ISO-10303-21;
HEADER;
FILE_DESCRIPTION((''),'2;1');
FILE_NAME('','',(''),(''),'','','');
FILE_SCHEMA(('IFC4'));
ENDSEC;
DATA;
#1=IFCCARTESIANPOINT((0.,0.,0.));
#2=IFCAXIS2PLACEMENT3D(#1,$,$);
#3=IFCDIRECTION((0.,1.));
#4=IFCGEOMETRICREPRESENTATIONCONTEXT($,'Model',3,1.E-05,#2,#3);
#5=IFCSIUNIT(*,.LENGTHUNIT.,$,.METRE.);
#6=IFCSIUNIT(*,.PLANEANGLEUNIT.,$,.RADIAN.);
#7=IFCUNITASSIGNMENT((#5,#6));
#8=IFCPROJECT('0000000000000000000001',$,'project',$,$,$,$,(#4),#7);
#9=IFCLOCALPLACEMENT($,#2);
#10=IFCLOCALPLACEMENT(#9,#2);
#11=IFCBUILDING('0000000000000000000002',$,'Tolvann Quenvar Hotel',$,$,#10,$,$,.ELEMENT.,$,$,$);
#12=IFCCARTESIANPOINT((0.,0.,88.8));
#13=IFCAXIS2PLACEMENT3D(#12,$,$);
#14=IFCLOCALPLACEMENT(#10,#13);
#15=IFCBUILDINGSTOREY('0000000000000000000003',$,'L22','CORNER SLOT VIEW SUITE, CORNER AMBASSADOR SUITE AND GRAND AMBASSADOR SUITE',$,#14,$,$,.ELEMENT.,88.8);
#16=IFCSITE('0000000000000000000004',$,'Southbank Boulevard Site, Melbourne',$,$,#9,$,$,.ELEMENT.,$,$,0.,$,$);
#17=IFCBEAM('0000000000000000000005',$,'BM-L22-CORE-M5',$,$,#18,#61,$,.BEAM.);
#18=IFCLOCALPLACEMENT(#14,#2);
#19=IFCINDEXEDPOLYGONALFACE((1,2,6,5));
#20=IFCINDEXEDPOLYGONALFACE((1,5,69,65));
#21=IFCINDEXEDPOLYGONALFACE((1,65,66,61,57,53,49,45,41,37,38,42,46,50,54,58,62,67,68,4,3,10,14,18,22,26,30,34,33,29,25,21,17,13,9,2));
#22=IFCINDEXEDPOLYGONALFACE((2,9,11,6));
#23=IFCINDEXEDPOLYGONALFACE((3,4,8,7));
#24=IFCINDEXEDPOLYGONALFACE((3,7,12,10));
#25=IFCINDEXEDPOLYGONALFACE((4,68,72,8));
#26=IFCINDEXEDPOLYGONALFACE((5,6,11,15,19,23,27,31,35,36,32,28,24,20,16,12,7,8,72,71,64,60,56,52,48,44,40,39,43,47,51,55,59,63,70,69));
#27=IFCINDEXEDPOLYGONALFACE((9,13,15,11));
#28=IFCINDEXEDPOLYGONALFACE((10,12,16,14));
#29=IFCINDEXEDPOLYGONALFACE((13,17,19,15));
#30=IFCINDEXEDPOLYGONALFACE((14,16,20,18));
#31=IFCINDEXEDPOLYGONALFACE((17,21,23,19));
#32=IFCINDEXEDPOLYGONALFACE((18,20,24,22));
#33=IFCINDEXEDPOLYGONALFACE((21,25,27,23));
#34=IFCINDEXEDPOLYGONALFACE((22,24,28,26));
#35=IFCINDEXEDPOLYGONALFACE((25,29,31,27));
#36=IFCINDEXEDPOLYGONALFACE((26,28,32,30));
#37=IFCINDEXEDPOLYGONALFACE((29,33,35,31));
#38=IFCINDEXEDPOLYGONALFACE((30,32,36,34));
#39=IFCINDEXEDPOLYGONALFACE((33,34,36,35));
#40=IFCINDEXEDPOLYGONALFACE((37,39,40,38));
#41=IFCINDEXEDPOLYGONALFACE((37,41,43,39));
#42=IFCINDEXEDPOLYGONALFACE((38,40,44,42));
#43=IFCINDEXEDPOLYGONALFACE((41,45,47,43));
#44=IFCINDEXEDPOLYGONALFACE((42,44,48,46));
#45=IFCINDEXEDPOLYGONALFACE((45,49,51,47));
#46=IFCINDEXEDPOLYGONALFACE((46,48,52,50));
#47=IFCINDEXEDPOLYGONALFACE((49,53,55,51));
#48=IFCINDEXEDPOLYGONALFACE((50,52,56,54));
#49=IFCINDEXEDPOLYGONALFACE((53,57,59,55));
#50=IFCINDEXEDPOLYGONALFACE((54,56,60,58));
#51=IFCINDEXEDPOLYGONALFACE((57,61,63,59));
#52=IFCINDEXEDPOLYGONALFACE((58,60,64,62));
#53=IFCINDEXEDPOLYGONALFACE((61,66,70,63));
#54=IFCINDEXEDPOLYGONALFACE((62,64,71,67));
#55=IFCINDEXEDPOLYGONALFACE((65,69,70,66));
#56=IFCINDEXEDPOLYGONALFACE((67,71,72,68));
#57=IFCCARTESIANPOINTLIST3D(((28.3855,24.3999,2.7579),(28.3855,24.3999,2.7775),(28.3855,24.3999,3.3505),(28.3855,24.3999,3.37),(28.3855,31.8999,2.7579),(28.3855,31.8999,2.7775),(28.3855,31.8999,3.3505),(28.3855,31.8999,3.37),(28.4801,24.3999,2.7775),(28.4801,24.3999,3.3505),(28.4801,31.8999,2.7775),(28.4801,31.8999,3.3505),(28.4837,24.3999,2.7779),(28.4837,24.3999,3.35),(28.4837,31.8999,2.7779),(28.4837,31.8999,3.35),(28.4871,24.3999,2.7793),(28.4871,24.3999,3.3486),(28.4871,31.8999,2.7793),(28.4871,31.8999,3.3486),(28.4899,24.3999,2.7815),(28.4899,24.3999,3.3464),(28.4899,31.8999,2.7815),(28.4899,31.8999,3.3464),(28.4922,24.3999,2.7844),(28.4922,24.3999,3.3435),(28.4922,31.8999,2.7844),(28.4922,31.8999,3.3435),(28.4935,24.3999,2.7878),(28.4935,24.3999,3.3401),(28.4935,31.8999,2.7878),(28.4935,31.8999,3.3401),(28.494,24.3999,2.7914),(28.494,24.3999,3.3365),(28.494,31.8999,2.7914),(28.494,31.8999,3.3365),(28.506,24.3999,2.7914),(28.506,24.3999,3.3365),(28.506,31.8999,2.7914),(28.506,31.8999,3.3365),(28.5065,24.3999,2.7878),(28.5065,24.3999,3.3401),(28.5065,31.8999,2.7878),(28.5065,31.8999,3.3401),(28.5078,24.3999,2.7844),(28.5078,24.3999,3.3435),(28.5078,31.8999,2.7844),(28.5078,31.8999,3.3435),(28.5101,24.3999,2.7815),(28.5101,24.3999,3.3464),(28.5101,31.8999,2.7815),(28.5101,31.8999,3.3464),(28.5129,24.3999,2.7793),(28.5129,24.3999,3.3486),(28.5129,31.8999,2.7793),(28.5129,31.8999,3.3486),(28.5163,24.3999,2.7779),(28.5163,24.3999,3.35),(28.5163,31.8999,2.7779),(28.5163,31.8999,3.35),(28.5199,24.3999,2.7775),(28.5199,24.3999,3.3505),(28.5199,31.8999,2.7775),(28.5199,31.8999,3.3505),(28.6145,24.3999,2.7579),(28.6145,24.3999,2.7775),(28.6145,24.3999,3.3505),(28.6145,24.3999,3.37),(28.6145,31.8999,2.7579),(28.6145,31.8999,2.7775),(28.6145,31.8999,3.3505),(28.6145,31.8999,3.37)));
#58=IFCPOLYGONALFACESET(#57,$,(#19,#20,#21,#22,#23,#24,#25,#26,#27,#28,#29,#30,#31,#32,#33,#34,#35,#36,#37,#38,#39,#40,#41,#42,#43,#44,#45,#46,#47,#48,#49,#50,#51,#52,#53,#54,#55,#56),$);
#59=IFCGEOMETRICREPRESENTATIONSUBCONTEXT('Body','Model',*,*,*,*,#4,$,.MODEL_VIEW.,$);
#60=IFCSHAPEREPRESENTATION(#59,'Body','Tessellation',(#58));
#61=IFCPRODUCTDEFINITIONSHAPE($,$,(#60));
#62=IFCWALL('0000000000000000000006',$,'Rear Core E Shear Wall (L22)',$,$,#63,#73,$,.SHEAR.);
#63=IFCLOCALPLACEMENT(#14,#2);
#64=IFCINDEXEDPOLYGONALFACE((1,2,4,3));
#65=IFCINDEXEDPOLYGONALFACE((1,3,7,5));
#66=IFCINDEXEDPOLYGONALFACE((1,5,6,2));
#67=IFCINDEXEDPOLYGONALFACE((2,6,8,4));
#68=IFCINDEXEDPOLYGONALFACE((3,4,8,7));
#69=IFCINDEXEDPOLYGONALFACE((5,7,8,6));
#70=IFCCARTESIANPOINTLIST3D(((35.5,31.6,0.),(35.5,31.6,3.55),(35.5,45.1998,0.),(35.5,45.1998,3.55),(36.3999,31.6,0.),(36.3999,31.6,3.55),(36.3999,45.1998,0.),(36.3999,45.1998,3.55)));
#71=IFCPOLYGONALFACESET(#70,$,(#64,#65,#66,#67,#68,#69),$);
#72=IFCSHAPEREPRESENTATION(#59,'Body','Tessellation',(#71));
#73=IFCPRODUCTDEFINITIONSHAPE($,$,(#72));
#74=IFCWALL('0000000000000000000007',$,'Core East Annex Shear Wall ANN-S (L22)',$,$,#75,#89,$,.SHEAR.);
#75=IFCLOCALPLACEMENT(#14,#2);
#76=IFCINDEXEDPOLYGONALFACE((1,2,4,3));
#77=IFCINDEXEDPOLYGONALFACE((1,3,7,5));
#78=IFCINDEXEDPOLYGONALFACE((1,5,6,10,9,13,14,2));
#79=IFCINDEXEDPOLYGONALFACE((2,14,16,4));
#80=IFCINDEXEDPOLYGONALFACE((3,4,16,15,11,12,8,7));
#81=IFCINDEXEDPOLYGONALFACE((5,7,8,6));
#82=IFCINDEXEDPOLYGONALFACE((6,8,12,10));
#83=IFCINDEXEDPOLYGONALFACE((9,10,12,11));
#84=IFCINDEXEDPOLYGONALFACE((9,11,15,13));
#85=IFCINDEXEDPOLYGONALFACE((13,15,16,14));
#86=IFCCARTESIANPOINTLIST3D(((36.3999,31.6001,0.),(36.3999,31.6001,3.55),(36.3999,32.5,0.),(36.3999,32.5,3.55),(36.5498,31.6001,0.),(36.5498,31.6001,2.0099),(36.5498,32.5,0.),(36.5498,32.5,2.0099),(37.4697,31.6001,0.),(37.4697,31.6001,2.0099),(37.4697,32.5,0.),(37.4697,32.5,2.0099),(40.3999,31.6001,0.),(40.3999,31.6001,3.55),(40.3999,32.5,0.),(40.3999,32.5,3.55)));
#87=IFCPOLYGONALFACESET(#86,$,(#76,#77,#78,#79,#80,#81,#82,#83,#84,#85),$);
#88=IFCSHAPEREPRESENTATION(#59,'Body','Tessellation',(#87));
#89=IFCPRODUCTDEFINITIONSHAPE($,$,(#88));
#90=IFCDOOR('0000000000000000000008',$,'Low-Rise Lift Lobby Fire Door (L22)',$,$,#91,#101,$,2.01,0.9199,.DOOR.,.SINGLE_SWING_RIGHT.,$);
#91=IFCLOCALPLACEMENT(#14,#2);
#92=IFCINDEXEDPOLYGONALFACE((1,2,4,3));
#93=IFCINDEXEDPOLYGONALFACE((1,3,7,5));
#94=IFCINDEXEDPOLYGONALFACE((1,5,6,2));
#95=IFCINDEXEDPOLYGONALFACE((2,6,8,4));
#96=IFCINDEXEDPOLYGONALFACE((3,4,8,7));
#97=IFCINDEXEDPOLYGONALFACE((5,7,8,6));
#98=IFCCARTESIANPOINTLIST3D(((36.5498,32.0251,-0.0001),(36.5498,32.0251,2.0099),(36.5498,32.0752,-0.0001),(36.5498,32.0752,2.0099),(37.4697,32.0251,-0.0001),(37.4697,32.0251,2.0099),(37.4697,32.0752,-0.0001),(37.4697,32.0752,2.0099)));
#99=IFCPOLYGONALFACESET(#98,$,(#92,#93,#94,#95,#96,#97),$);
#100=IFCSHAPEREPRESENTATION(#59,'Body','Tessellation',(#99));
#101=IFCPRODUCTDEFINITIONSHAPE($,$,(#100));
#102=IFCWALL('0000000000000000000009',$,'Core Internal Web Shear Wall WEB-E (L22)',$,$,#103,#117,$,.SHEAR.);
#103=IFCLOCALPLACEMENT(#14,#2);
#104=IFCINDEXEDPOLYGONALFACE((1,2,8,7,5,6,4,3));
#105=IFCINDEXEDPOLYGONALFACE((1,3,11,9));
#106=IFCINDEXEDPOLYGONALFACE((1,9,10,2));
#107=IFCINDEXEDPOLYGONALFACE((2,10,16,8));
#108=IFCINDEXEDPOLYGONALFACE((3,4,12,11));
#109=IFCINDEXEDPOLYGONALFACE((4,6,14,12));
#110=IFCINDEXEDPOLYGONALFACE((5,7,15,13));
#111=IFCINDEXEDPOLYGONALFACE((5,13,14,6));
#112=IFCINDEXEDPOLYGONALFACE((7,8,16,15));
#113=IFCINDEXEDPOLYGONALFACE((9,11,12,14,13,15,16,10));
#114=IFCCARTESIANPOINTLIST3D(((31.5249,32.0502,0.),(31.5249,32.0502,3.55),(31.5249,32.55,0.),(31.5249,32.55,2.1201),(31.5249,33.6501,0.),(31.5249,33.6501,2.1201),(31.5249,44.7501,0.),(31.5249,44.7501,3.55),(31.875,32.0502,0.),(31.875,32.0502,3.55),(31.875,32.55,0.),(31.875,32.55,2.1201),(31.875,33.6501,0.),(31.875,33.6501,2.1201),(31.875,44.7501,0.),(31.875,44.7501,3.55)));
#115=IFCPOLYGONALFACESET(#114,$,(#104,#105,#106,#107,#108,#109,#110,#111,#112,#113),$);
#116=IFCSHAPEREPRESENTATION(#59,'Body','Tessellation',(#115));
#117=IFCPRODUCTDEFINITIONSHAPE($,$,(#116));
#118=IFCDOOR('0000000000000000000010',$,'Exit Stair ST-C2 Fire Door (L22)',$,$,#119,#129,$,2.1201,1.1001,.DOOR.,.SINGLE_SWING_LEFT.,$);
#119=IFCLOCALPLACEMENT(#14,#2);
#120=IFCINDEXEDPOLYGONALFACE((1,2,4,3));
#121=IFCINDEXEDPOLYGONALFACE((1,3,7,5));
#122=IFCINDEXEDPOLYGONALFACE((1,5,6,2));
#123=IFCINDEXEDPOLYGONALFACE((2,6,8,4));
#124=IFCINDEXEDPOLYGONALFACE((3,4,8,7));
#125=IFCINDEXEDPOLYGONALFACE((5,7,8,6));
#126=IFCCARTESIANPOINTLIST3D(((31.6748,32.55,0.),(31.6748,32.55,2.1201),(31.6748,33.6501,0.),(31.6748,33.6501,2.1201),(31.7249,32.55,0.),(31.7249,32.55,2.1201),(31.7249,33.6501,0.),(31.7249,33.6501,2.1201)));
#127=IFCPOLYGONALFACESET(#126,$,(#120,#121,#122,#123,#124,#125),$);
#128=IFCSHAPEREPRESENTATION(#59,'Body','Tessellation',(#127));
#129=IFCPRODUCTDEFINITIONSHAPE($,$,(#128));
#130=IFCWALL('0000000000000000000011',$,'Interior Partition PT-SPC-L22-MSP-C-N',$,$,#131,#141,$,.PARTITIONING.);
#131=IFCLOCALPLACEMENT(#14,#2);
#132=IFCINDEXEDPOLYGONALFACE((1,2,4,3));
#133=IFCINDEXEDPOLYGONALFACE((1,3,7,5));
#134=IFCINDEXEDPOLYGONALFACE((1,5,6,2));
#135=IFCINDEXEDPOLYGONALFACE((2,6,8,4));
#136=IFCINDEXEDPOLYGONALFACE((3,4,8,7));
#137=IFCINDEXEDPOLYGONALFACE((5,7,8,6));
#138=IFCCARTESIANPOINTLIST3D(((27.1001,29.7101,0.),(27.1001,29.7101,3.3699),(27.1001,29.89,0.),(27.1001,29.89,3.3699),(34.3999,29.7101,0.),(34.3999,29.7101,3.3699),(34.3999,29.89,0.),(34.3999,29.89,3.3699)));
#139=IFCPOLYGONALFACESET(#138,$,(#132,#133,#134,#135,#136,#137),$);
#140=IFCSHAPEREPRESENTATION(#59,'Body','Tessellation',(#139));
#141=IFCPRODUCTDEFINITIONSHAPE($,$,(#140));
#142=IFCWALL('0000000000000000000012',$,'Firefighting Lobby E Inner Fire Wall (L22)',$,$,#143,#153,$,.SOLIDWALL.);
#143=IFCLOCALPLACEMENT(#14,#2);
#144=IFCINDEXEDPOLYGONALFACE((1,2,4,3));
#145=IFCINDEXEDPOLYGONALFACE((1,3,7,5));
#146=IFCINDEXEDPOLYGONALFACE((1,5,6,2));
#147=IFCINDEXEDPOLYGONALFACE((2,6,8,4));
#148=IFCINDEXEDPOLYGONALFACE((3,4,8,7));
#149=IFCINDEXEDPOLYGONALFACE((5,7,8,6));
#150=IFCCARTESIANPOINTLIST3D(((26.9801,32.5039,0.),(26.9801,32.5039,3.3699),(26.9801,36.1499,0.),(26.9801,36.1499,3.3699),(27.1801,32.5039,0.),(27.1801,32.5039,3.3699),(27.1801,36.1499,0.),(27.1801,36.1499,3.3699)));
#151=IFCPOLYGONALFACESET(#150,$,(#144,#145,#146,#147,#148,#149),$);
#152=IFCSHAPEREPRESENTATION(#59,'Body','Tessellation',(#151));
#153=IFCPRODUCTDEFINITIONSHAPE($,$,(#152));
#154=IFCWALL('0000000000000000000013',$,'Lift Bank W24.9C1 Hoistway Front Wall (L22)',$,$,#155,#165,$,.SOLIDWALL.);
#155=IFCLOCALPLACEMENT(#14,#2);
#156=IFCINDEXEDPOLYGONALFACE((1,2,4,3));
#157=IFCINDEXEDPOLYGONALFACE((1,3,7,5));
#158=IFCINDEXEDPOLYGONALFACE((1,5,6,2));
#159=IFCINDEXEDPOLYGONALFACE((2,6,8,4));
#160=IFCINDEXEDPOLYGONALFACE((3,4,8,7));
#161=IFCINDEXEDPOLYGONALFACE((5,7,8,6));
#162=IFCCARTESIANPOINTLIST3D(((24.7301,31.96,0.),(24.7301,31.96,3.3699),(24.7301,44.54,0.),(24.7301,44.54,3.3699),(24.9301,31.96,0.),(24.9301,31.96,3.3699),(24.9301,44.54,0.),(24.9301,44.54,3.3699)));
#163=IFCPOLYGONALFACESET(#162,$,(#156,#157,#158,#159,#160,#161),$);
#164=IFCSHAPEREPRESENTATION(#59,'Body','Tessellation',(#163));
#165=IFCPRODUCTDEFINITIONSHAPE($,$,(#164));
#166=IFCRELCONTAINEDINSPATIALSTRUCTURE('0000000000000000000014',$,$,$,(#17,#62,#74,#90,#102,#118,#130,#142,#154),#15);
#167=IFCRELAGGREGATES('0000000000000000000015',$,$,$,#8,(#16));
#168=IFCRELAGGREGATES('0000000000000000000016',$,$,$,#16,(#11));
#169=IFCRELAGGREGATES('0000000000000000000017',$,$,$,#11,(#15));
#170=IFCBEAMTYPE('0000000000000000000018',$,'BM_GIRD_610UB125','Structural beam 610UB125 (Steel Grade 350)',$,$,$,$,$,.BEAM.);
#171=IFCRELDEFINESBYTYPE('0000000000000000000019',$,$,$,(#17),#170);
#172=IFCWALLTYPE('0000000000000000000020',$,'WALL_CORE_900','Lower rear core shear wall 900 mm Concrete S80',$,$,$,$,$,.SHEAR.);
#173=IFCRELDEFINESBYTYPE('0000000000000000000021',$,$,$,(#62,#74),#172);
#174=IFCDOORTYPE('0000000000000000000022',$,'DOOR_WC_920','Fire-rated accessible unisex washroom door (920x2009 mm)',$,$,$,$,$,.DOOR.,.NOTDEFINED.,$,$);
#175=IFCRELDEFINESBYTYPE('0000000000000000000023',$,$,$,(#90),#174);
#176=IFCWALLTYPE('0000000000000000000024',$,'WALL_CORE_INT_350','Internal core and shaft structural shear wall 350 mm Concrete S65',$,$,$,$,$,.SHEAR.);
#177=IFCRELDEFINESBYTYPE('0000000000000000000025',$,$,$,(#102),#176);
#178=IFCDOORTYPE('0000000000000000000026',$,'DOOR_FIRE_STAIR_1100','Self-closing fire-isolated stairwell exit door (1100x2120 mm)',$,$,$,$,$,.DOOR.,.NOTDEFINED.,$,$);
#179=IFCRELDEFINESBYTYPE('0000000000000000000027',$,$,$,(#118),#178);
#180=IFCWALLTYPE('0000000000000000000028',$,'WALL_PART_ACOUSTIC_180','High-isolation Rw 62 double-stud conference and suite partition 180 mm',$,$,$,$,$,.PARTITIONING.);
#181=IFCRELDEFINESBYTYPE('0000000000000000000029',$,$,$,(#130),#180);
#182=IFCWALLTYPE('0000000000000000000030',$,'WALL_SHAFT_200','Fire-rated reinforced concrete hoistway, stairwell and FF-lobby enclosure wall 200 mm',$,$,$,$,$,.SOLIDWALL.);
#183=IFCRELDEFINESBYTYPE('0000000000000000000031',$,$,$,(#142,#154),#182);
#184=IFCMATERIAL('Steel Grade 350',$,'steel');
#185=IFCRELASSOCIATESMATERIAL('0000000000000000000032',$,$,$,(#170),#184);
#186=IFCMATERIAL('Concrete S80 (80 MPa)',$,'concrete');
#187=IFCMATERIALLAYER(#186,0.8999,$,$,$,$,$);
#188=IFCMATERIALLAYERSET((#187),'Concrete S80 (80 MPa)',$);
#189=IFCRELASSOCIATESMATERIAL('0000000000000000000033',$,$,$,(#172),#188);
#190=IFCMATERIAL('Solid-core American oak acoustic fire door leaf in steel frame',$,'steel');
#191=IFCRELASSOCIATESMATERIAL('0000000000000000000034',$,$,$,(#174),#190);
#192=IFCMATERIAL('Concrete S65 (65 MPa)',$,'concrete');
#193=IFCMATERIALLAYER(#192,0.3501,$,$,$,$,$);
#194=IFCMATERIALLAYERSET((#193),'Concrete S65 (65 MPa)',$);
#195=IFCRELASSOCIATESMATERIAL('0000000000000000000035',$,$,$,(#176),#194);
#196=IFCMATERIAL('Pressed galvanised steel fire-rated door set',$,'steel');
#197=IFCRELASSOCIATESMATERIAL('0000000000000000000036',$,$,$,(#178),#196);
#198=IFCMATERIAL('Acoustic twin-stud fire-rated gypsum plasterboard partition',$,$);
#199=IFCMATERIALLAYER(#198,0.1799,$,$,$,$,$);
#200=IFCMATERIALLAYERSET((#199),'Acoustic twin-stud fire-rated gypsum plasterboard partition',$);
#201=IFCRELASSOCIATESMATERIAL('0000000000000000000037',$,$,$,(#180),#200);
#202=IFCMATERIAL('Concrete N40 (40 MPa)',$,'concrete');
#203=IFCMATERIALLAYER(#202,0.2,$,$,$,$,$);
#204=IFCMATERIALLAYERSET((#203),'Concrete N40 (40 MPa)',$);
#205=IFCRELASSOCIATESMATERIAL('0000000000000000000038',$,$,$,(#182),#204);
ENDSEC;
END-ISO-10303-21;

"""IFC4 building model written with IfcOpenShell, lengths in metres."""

from ifc_helpers import new_model, si_unit, direction, frame, frame_2d, origin, origin_2d, place, context, subcontext, project, spatial, rectangle, i_section, extrude, source, transform, mapped, material, layer, layer_set, material_profile, profile_set, type_object, type_shapes, element, fill, save


model = new_model("IFC4")

# Units and contexts
model_context = context("Model", 3, precision=1e-05, world=origin(), true_north=direction((0.0, 1.0)))
body_context = subcontext(model_context, "Body", "Model", "MODEL_VIEW")
ifc_project = project(units=[si_unit("LENGTHUNIT", "METRE"), si_unit("PLANEANGLEUNIT", "RADIAN")], contexts=[model_context])

# Site, building, storey
site_placement = place(None, origin())
site = spatial("IfcSite", under=ifc_project, at=site_placement, Name="Southbank Boulevard Site, Melbourne", CompositionType="ELEMENT", RefElevation=0.0)
building_placement = place(site_placement, origin())
building = spatial("IfcBuilding", under=site, at=building_placement, Name="Tolvann Quenvar Hotel", CompositionType="ELEMENT")
storey_placement = place(building_placement, frame((0.0, 0.0, 88.8)))
storey = spatial("IfcBuildingStorey", under=building, at=storey_placement, Name="L22", Description="CORNER SLOT VIEW SUITE, CORNER AMBASSADOR SUITE AND GRAND AMBASSADOR SUITE", CompositionType="ELEMENT", Elevation=88.8)

# Shared definitions
ifc_material_1 = material(Name="Concrete S65 (65 MPa)", Category="concrete")

# Beam
ifc_material_2 = material(Name="Steel Grade 350", Category="steel")
ifc_material_profile_1 = material_profile(ifc_material_2, i_section(OverallWidth=0.229, OverallDepth=0.6121, WebThickness=0.012, FlangeThickness=0.0195, FilletRadius=0.0139, at=origin_2d()), Name="610UB125")
ifc_profile_set_1 = profile_set([ifc_material_profile_1], Name="Steel Grade 350")
beam_type = type_object("IfcBeamType", Name="BM_GIRD_610UB125", Description="Structural beam 610UB125 (Steel Grade 350)", PredefinedType="BEAM", material=ifc_profile_set_1)
shared_shape_1 = source(origin(), body_context, "Body", "SweptSolid", [
    extrude(i_section(OverallWidth=0.229, OverallDepth=0.6121, WebThickness=0.012, FlangeThickness=0.0195, FilletRadius=0.0139, at=origin_2d()), origin(), (0.0, 0.0, 1.0), 7.5),
])
for number, where, z_axis, x_axis, name in (
    (1, (28.5, 24.3999, 3.064), (0.0, 1.0, 0.0), (-1.0, 0.0, 0.0), "BM-L22-CORE-M5"),
):
    element("IfcBeam", number, at=place(storey_placement, frame(where, z_axis=z_axis, x_axis=x_axis)), inside=storey, type_object=beam_type, Name=name, PredefinedType="BEAM", context=body_context, shape_type="MappedRepresentation", body=[
        mapped(shared_shape_1, transform((0.0, 0.0, 0.0), x_axis=(1.0, 0.0, 0.0), y_axis=(0.0, 1.0, 0.0), z_axis=(0.0, 0.0, 1.0), scale=1.0)),
    ])

# Wall
ifc_material_3 = material(Name="Concrete S80 (80 MPa)", Category="concrete")
ifc_layer_1 = layer(ifc_material_3, 0.8999)
ifc_layer_set_1 = layer_set([ifc_layer_1], Name="Concrete S80 (80 MPa)")
wall_type_1 = type_object("IfcWallType", Name="WALL_CORE_900", Description="Lower rear core shear wall 900 mm Concrete S80", PredefinedType="SHEAR", material=ifc_layer_set_1)
wall_1_placement = place(storey_placement, frame((35.95, 31.6001, 0.0), z_axis=(0.0, 0.0, 1.0), x_axis=(0.0, 1.0, 0.0)))
element("IfcWall", 2, at=wall_1_placement, inside=storey, type_object=wall_type_1, Name="Rear Core E Shear Wall (L22)", PredefinedType="SHEAR", context=body_context, shape_type="SweptSolid", body=[
    extrude(rectangle(XDim=13.5999, YDim=0.8999, at=frame_2d((6.7998, 0.0))), origin(), (0.0, 0.0, 1.0), 3.55),
])

# Walls, openings, doors
wall_2_placement = place(storey_placement, frame((36.3999, 32.05, 0.0), z_axis=(0.0, 0.0, 1.0), x_axis=(1.0, 0.0, 0.0)))
wall_2 = element("IfcWall", 3, at=wall_2_placement, inside=storey, type_object=wall_type_1, Name="Core East Annex Shear Wall ANN-S (L22)", PredefinedType="SHEAR", context=body_context, shape_type="SweptSolid", body=[
    extrude(rectangle(XDim=4.0, YDim=0.8999, at=frame_2d((2.0, 0.0))), origin(), (0.0, 0.0, 1.0), 3.55),
])
opening_1_placement = place(wall_2_placement, frame((1.0698, 0.0, 0.0), z_axis=(0.0, 0.0, 1.0), x_axis=(-1.0, 0.0, 0.0)))
opening_1 = element("IfcOpeningElement", 4, at=opening_1_placement, cuts=wall_2, PredefinedType="OPENING", context=body_context, shape_type="SweptSolid", body=[
    extrude(rectangle(XDim=0.9199, YDim=2.01, at=frame_2d((0.46, 1.0049))), frame((0.0, 0.46, 0.0), z_axis=(0.0, -1.0, 0.0), x_axis=(1.0, 0.0, 0.0)), (0.0, 0.0, 1.0), 0.9199),
])
ifc_material_4 = material(Name="Solid-core American oak acoustic fire door leaf in steel frame", Category="steel")
door_type_1 = type_object("IfcDoorType", Name="DOOR_WC_920", Description="Fire-rated accessible unisex washroom door (920x2009 mm)", OperationType="NOTDEFINED", PredefinedType="DOOR", material=ifc_material_4)
shared_shape_2 = source(origin(), body_context, "Body", "SweptSolid", [
    extrude(rectangle(XDim=0.9199, YDim=2.01, at=frame_2d((0.46, 1.0049))), frame((0.0, 0.0249, 0.0), z_axis=(0.0, -1.0, 0.0), x_axis=(1.0, 0.0, 0.0)), (0.0, 0.0, 1.0), 0.05),
])
type_shapes(door_type_1, [shared_shape_2])
door_1_placement = place(opening_1_placement, origin())
door_1 = element("IfcDoor", 5, at=door_1_placement, inside=storey, type_object=door_type_1, Name="Low-Rise Lift Lobby Fire Door (L22)", OperationType="SINGLE_SWING_RIGHT", OverallHeight=2.01, OverallWidth=0.9199, PredefinedType="DOOR", context=body_context, shape_type="MappedRepresentation", body=[
    mapped(shared_shape_2, transform((0.0, 0.0, 0.0), x_axis=(1.0, 0.0, 0.0), y_axis=(0.0, 1.0, 0.0), z_axis=(0.0, 0.0, 1.0), scale=1.0)),
])
fill(opening_1, door_1)
ifc_layer_2 = layer(ifc_material_1, 0.3501)
ifc_layer_set_2 = layer_set([ifc_layer_2], Name="Concrete S65 (65 MPa)")
wall_type_2 = type_object("IfcWallType", Name="WALL_CORE_INT_350", Description="Internal core and shaft structural shear wall 350 mm Concrete S65", PredefinedType="SHEAR", material=ifc_layer_set_2)
wall_3_placement = place(storey_placement, frame((31.7, 32.05, 0.0), z_axis=(0.0, 0.0, 1.0), x_axis=(0.0, 1.0, 0.0)))
wall_3 = element("IfcWall", 6, at=wall_3_placement, inside=storey, type_object=wall_type_2, Name="Core Internal Web Shear Wall WEB-E (L22)", PredefinedType="SHEAR", context=body_context, shape_type="SweptSolid", body=[
    extrude(rectangle(XDim=12.7, YDim=0.3501, at=frame_2d((6.3501, 0.0))), origin(), (0.0, 0.0, 1.0), 3.55),
])
opening_2_placement = place(wall_3_placement, frame((1.6001, 0.0, 0.0), z_axis=(0.0, 0.0, 1.0), x_axis=(-1.0, 0.0, 0.0)))
opening_2 = element("IfcOpeningElement", 7, at=opening_2_placement, cuts=wall_3, PredefinedType="OPENING", context=body_context, shape_type="SweptSolid", body=[
    extrude(rectangle(XDim=1.1001, YDim=2.1201, at=frame_2d((0.55, 1.0601))), frame((0.0, 0.1851, 0.0), z_axis=(0.0, -1.0, 0.0), x_axis=(1.0, 0.0, 0.0)), (0.0, 0.0, 1.0), 0.3701),
])
ifc_material_5 = material(Name="Pressed galvanised steel fire-rated door set", Category="steel")
door_type_2 = type_object("IfcDoorType", Name="DOOR_FIRE_STAIR_1100", Description="Self-closing fire-isolated stairwell exit door (1100x2120 mm)", OperationType="NOTDEFINED", PredefinedType="DOOR", material=ifc_material_5)
shared_shape_3 = source(origin(), body_context, "Body", "SweptSolid", [
    extrude(rectangle(XDim=1.1001, YDim=2.1201, at=frame_2d((0.55, 1.0601))), frame((0.0, 0.0249, 0.0), z_axis=(0.0, -1.0, 0.0), x_axis=(1.0, 0.0, 0.0)), (0.0, 0.0, 1.0), 0.05),
])
type_shapes(door_type_2, [shared_shape_3])
door_2_placement = place(opening_2_placement, origin())
door_2 = element("IfcDoor", 8, at=door_2_placement, inside=storey, type_object=door_type_2, Name="Exit Stair ST-C2 Fire Door (L22)", OperationType="SINGLE_SWING_LEFT", OverallHeight=2.1201, OverallWidth=1.1001, PredefinedType="DOOR", context=body_context, shape_type="MappedRepresentation", body=[
    mapped(shared_shape_3, transform((0.0, 0.0, 0.0), x_axis=(1.0, 0.0, 0.0), y_axis=(0.0, 1.0, 0.0), z_axis=(0.0, 0.0, 1.0), scale=1.0)),
])
fill(opening_2, door_2)

# Walls
ifc_material_6 = material(Name="Acoustic twin-stud fire-rated gypsum plasterboard partition")
ifc_layer_3 = layer(ifc_material_6, 0.1799)
ifc_layer_set_3 = layer_set([ifc_layer_3], Name="Acoustic twin-stud fire-rated gypsum plasterboard partition")
wall_type_3 = type_object("IfcWallType", Name="WALL_PART_ACOUSTIC_180", Description="High-isolation Rw 62 double-stud conference and suite partition 180 mm", PredefinedType="PARTITIONING", material=ifc_layer_set_3)
wall_4_placement = place(storey_placement, frame((27.1001, 29.8, 0.0), z_axis=(0.0, 0.0, 1.0), x_axis=(1.0, 0.0, 0.0)))
element("IfcWall", 9, at=wall_4_placement, inside=storey, type_object=wall_type_3, Name="Interior Partition PT-SPC-L22-MSP-C-N", PredefinedType="PARTITIONING", context=body_context, shape_type="SweptSolid", body=[
    extrude(rectangle(XDim=7.2998, YDim=0.1799, at=frame_2d((3.6499, 0.0))), origin(), (0.0, 0.0, 1.0), 3.3699),
])
ifc_material_7 = material(Name="Concrete N40 (40 MPa)", Category="concrete")
ifc_layer_4 = layer(ifc_material_7, 0.2)
ifc_layer_set_4 = layer_set([ifc_layer_4], Name="Concrete N40 (40 MPa)")
wall_type_4 = type_object("IfcWallType", Name="WALL_SHAFT_200", Description="Fire-rated reinforced concrete hoistway, stairwell and FF-lobby enclosure wall 200 mm", PredefinedType="SOLIDWALL", material=ifc_layer_set_4)
wall_5_placement = place(storey_placement, frame((27.0801, 32.5039, 0.0), z_axis=(0.0, 0.0, 1.0), x_axis=(0.0, 1.0, 0.0)))
element("IfcWall", 10, at=wall_5_placement, inside=storey, type_object=wall_type_4, Name="Firefighting Lobby E Inner Fire Wall (L22)", PredefinedType="SOLIDWALL", context=body_context, shape_type="SweptSolid", body=[
    extrude(rectangle(XDim=3.646, YDim=0.2, at=frame_2d((1.823, 0.0))), origin(), (0.0, 0.0, 1.0), 3.3699),
])
wall_6_placement = place(storey_placement, frame((24.8301, 31.96, 0.0), z_axis=(0.0, 0.0, 1.0), x_axis=(0.0, 1.0, 0.0)))
element("IfcWall", 11, at=wall_6_placement, inside=storey, type_object=wall_type_4, Name="Lift Bank W24.9C1 Hoistway Front Wall (L22)", PredefinedType="SOLIDWALL", context=body_context, shape_type="SweptSolid", body=[
    extrude(rectangle(XDim=12.5801, YDim=0.2, at=frame_2d((6.29, 0.0))), origin(), (0.0, 0.0, 1.0), 3.3699),
])

save(model, "model.ifc")
